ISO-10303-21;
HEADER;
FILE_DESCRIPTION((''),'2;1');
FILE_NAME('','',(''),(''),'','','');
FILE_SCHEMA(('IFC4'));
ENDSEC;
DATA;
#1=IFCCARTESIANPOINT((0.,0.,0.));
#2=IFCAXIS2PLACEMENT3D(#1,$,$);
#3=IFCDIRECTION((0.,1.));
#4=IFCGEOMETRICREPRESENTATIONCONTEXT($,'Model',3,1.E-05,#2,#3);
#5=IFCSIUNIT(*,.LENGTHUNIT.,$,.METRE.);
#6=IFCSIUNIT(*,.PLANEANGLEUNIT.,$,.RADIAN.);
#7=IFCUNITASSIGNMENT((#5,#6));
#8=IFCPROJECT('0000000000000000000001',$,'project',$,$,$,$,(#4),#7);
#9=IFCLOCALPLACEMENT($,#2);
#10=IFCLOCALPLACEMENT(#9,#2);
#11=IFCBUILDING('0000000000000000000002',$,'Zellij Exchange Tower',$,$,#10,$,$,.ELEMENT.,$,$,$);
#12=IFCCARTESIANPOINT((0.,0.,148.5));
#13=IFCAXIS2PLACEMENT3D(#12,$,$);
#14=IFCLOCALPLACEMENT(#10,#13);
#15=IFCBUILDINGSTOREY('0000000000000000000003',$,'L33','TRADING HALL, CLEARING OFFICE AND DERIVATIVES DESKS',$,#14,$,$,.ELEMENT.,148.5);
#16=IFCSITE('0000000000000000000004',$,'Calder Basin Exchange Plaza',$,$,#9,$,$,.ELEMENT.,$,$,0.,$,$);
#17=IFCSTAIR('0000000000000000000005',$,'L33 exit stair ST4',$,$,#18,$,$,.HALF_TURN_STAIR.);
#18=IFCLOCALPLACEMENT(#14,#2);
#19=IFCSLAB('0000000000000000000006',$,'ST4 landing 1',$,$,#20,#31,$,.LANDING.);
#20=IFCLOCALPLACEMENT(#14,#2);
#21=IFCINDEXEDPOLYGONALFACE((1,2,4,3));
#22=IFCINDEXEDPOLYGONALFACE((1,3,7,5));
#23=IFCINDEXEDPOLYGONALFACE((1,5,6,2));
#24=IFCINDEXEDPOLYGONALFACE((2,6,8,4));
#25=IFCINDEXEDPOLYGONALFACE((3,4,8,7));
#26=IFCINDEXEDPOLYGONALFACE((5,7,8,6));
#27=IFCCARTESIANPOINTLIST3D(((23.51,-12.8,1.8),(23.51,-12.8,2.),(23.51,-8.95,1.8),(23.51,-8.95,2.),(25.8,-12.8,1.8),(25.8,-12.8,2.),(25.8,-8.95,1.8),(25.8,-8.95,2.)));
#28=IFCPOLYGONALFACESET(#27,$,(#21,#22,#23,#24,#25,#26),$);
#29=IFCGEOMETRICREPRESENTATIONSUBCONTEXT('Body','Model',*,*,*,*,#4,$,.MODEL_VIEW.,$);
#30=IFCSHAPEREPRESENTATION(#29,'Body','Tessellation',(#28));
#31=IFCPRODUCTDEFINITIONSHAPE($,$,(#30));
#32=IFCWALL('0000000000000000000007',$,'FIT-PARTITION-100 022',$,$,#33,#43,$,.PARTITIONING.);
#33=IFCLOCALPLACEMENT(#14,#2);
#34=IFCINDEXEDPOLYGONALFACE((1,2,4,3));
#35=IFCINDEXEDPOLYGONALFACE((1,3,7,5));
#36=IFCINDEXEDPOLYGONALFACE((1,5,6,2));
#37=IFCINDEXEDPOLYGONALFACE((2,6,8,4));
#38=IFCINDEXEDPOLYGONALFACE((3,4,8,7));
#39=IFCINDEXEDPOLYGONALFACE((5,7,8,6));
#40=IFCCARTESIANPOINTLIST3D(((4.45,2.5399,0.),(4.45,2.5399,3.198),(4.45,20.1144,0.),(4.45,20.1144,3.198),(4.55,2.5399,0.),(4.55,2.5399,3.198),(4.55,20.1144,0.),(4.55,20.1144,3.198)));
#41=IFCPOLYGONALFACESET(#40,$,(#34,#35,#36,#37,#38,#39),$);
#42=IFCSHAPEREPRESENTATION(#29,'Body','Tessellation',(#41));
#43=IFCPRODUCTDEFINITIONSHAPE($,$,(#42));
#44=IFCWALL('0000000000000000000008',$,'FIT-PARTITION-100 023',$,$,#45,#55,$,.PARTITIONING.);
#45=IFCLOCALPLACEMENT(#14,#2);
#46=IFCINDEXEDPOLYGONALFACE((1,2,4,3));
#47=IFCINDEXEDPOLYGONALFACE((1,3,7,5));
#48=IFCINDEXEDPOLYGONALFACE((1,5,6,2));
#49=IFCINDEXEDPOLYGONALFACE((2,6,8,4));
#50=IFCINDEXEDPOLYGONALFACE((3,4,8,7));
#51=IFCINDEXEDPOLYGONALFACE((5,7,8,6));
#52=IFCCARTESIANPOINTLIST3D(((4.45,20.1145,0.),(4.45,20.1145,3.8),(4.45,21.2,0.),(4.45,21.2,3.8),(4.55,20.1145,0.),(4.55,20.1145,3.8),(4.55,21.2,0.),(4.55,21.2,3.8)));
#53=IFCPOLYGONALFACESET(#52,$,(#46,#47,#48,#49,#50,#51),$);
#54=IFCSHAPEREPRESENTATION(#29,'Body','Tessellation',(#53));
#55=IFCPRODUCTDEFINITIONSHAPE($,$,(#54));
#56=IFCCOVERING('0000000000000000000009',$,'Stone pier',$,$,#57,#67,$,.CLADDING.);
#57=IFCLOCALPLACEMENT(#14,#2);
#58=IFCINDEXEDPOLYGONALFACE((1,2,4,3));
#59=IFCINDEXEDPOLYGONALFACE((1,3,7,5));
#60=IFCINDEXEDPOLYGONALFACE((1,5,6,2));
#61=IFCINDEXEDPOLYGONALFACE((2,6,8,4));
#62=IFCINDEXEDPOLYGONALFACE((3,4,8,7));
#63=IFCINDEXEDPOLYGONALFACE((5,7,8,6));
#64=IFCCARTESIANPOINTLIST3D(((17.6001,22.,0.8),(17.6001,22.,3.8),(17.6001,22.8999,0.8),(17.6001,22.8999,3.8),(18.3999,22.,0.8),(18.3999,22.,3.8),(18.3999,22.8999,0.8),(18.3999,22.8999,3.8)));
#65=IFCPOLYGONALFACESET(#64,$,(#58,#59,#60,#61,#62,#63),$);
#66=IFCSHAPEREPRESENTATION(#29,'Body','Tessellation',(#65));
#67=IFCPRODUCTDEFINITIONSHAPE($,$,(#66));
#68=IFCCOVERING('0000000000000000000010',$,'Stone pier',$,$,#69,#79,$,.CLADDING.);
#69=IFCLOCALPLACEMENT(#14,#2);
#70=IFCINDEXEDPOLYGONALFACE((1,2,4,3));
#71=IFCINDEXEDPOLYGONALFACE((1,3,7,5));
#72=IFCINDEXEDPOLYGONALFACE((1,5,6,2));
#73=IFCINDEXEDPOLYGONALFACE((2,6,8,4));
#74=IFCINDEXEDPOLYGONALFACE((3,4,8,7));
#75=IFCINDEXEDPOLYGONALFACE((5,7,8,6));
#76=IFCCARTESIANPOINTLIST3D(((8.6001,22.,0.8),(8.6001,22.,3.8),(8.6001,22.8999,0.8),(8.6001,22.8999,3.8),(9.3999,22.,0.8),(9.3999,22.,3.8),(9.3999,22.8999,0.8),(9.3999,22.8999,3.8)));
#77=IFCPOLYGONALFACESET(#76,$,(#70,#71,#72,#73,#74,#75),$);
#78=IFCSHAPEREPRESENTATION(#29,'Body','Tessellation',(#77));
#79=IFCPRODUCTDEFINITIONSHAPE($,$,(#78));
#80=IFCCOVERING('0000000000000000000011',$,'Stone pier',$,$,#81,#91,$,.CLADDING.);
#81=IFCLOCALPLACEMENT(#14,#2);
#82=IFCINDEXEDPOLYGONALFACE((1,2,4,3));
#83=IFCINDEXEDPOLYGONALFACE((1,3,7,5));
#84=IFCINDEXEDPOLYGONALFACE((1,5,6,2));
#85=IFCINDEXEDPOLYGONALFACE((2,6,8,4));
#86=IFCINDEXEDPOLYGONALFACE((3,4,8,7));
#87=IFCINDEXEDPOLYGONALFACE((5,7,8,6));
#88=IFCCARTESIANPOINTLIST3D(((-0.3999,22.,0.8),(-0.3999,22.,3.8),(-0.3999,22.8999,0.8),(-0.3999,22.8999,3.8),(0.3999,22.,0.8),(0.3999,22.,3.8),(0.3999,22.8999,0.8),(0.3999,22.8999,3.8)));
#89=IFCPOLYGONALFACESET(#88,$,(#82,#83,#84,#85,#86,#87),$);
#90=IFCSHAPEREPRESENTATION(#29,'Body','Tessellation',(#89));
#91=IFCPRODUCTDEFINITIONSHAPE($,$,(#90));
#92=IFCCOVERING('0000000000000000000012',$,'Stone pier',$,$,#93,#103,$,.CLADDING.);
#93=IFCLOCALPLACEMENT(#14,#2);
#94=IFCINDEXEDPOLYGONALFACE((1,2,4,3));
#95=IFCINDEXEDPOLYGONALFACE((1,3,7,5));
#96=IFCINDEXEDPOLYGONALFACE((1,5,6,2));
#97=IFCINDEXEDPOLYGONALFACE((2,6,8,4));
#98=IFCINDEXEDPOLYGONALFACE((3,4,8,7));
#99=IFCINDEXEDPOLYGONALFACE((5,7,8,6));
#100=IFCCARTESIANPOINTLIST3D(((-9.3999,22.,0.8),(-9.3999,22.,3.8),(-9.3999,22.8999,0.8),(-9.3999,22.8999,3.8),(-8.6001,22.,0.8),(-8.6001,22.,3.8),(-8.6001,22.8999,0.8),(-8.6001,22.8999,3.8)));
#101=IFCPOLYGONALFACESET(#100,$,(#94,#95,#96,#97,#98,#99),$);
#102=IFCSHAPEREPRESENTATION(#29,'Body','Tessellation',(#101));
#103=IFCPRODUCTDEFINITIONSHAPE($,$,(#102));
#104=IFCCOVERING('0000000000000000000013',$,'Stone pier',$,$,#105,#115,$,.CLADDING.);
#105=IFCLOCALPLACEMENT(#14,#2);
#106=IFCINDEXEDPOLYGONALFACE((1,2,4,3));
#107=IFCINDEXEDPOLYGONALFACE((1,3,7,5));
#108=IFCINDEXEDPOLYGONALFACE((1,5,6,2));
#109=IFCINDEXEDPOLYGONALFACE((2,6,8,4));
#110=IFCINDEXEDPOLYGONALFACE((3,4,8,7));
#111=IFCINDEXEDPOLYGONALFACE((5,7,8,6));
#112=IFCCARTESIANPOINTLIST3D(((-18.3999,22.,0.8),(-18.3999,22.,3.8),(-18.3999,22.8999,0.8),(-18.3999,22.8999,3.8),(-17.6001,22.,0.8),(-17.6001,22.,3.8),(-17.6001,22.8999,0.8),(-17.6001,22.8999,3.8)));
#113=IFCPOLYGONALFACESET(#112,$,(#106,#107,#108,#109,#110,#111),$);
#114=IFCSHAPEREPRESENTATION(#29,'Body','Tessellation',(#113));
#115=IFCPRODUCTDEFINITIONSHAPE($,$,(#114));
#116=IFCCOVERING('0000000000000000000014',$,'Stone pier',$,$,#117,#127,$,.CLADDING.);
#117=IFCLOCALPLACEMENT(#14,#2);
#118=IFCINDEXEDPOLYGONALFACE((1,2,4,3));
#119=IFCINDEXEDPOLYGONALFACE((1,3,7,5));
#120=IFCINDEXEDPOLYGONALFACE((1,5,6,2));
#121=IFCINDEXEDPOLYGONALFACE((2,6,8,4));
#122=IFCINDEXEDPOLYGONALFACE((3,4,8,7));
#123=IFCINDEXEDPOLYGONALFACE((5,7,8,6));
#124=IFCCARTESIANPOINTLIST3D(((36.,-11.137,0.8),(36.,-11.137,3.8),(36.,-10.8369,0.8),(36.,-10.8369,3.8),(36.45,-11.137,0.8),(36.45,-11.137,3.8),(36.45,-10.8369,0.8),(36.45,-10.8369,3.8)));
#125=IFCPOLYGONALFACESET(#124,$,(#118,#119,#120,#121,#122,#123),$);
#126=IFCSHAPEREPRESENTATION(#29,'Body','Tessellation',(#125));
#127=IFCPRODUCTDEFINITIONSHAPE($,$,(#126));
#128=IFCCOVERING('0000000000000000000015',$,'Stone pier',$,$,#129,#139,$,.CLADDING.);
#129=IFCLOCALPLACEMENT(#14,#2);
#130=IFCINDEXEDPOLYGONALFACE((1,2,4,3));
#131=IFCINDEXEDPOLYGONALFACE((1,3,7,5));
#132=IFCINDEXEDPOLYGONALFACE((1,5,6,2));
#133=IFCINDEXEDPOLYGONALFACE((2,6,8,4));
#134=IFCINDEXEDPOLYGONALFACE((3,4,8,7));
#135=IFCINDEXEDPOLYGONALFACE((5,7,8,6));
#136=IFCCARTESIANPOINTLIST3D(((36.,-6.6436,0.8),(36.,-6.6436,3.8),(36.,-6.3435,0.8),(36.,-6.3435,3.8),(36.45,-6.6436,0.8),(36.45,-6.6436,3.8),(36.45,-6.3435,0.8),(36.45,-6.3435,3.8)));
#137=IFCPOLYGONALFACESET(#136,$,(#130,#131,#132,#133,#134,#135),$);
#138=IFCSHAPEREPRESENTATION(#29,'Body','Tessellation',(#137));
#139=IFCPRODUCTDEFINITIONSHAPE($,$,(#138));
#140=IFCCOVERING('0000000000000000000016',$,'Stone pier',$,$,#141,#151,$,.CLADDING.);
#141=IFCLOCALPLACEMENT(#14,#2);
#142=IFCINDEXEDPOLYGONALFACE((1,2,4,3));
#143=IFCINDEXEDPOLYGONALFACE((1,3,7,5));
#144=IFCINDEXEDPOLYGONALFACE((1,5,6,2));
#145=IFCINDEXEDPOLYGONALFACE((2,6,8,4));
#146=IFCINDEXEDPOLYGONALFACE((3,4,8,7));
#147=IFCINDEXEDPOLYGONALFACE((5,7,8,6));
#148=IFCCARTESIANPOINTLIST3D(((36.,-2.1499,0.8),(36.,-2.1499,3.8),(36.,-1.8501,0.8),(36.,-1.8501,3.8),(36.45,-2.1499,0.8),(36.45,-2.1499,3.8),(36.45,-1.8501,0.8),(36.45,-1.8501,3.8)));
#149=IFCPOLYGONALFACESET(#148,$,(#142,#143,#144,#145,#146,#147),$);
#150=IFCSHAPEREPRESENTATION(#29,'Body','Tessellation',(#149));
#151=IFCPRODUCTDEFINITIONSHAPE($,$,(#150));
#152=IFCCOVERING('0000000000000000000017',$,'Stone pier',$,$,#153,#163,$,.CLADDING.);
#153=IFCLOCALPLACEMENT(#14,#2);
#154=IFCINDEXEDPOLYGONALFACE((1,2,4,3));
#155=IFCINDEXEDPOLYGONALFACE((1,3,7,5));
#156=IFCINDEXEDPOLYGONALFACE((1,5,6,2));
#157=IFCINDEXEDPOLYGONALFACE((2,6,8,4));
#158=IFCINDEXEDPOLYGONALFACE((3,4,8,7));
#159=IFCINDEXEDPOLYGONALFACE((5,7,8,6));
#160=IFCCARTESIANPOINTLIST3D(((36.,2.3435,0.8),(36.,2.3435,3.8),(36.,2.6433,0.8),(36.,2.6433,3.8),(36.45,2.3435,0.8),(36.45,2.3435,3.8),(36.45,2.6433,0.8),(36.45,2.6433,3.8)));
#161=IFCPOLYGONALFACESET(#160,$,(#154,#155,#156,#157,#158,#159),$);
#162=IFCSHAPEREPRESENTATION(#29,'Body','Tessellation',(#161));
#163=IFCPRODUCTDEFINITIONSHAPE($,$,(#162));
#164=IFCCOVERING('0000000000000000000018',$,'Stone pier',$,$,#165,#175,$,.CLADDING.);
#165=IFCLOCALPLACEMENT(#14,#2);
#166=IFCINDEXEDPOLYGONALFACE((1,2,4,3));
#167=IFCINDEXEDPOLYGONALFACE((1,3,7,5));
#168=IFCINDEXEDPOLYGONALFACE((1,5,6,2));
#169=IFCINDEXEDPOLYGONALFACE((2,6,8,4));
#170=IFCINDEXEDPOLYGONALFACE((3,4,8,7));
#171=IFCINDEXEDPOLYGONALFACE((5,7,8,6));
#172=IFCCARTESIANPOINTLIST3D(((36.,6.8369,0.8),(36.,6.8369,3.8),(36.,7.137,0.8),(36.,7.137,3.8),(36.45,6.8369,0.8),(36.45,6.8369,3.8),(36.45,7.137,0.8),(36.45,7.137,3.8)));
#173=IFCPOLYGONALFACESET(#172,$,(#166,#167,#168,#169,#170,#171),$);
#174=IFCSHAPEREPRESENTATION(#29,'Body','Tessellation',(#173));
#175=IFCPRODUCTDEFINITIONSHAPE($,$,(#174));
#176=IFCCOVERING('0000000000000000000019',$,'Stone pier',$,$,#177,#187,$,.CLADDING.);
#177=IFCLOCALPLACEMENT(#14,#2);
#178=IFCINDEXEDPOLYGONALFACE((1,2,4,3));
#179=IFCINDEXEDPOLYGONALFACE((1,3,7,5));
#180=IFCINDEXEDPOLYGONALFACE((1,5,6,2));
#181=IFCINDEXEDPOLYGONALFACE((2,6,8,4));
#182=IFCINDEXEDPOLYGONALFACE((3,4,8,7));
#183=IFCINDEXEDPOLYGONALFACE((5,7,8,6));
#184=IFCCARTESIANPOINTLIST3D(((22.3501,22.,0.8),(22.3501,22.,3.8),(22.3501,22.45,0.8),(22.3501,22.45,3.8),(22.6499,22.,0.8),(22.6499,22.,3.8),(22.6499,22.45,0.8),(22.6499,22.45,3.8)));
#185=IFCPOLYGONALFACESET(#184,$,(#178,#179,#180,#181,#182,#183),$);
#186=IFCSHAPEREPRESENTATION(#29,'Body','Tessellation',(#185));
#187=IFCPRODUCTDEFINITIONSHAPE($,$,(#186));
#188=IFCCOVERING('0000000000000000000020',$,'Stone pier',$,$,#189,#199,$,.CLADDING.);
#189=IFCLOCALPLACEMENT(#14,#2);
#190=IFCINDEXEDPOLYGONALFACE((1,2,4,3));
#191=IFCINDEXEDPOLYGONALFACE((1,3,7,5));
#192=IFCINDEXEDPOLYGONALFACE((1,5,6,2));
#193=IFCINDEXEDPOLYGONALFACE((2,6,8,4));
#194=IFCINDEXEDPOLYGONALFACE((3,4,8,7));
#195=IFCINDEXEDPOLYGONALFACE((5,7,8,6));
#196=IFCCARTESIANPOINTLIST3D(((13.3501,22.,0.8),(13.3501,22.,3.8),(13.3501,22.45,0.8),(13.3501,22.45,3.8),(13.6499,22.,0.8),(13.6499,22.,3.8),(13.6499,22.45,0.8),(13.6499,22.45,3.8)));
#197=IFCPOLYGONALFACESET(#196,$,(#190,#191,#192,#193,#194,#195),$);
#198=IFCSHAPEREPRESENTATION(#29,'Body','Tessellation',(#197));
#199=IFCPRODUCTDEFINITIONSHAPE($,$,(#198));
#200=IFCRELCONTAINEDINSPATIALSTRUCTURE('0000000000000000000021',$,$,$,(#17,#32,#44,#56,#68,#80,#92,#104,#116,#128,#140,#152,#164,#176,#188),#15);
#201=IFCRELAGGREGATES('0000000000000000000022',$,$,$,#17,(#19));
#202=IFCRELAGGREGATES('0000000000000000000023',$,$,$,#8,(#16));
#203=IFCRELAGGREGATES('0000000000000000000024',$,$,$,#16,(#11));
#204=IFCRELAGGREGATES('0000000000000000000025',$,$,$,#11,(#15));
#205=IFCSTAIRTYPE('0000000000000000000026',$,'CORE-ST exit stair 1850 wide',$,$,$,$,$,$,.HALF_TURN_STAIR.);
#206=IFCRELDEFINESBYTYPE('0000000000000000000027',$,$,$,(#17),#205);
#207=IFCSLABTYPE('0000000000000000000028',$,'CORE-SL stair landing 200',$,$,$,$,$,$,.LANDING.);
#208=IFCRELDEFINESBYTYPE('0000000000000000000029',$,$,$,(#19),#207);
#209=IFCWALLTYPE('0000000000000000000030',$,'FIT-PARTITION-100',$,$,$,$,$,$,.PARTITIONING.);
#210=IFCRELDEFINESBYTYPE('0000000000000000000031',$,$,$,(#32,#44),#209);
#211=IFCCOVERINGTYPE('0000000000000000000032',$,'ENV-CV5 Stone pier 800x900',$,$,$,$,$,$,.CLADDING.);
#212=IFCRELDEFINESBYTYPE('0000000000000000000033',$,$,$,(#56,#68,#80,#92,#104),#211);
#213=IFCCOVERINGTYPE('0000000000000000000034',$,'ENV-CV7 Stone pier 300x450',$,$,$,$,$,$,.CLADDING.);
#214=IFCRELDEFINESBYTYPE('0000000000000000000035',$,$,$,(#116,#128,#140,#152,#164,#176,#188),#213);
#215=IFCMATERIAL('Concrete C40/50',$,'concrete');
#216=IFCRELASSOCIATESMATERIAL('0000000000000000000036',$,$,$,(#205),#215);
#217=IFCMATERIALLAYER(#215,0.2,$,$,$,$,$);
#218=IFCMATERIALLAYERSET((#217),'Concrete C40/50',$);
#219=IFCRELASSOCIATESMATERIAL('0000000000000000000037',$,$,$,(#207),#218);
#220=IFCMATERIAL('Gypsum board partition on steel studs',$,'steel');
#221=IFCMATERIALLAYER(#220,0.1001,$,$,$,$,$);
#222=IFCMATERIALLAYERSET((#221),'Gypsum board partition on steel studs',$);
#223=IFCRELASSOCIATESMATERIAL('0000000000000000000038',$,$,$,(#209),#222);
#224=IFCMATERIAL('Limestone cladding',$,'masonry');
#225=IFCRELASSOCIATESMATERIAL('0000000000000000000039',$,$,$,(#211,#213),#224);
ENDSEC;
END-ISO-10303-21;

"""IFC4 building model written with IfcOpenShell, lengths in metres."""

from ifc_helpers import new_model, si_unit, direction, frame, frame_2d, origin, place, context, subcontext, project, spatial, polyline, rectangle, outline, extrude, material, layer, layer_set, type_object, element, aggregate, save


model = new_model("IFC4")

# Units and contexts
model_context = context("Model", 3, precision=1e-05, world=origin(), true_north=direction((0.0, 1.0)))
body_context = subcontext(model_context, "Body", "Model", "MODEL_VIEW")
ifc_project = project(units=[si_unit("LENGTHUNIT", "METRE"), si_unit("PLANEANGLEUNIT", "RADIAN")], contexts=[model_context])

# Site, building, storey
site_placement = place(None, origin())
site = spatial("IfcSite", under=ifc_project, at=site_placement, Name="Calder Basin Exchange Plaza", CompositionType="ELEMENT", RefElevation=0.0)
building_placement = place(site_placement, origin())
building = spatial("IfcBuilding", under=site, at=building_placement, Name="Zellij Exchange Tower", CompositionType="ELEMENT")
storey_placement = place(building_placement, frame((0.0, 0.0, 148.5)))
storey = spatial("IfcBuildingStorey", under=building, at=storey_placement, Name="L33", Description="TRADING HALL, CLEARING OFFICE AND DERIVATIVES DESKS", CompositionType="ELEMENT", Elevation=148.5)

# Stair, slab
ifc_material_1 = material(Name="Concrete C40/50", Category="concrete")
stair_type = type_object("IfcStairType", Name="CORE-ST exit stair 1850 wide", PredefinedType="HALF_TURN_STAIR", material=ifc_material_1)
ifc_layer_1 = layer(ifc_material_1, 0.2)
ifc_layer_set_1 = layer_set([ifc_layer_1], Name="Concrete C40/50")
slab_type = type_object("IfcSlabType", Name="CORE-SL stair landing 200", PredefinedType="LANDING", material=ifc_layer_set_1)
stair_1_placement = place(storey_placement, origin())
stair_1 = element("IfcStair", 1, at=stair_1_placement, inside=storey, type_object=stair_type, Name="L33 exit stair ST4", PredefinedType="HALF_TURN_STAIR")
slab_1_placement = place(storey_placement, frame((0.0, 0.0, 1.8)))
slab_1 = element("IfcSlab", 2, at=slab_1_placement, type_object=slab_type, Name="ST4 landing 1", PredefinedType="LANDING", context=body_context, shape_type="SweptSolid", body=[
    extrude(outline(polyline([(23.51, -12.8), (25.8, -12.8), (25.8, -8.95), (23.51, -8.95), (23.51, -12.8)])), origin(), (0.0, 0.0, 1.0), 0.2),
])
aggregate(stair_1, [slab_1])

# Walls
ifc_material_2 = material(Name="Gypsum board partition on steel studs", Category="steel")
ifc_layer_2 = layer(ifc_material_2, 0.1001)
ifc_layer_set_2 = layer_set([ifc_layer_2], Name="Gypsum board partition on steel studs")
wall_type = type_object("IfcWallType", Name="FIT-PARTITION-100", PredefinedType="PARTITIONING", material=ifc_layer_set_2)
wall_1_placement = place(storey_placement, frame((4.5, 2.54, 0.0), z_axis=(0.0, 0.0, 1.0), x_axis=(0.0, 1.0, 0.0)))
element("IfcWall", 3, at=wall_1_placement, inside=storey, type_object=wall_type, Name="FIT-PARTITION-100 022", PredefinedType="PARTITIONING", context=body_context, shape_type="SweptSolid", body=[
    extrude(rectangle(XDim=17.5745, YDim=0.1001, at=frame_2d((8.7871, 0.0))), origin(), (0.0, 0.0, 1.0), 3.198),
])
wall_2_placement = place(storey_placement, frame((4.5, 20.1145, 0.0), z_axis=(0.0, 0.0, 1.0), x_axis=(0.0, 1.0, 0.0)))
element("IfcWall", 4, at=wall_2_placement, inside=storey, type_object=wall_type, Name="FIT-PARTITION-100 023", PredefinedType="PARTITIONING", context=body_context, shape_type="SweptSolid", body=[
    extrude(rectangle(XDim=1.0854, YDim=0.1001, at=frame_2d((0.5427, 0.0))), origin(), (0.0, 0.0, 1.0), 3.8),
])

# Coverings
ifc_material_3 = material(Name="Limestone cladding", Category="masonry")
covering_type_1 = type_object("IfcCoveringType", Name="ENV-CV5 Stone pier 800x900", PredefinedType="CLADDING", material=ifc_material_3)
covering_1_placement = place(storey_placement, frame((0.0, 0.0, 0.8)))
element("IfcCovering", 5, at=covering_1_placement, inside=storey, type_object=covering_type_1, Name="Stone pier", PredefinedType="CLADDING", context=body_context, shape_type="SweptSolid", body=[
    extrude(outline(polyline([(18.3999, 22.0), (17.6001, 22.0), (17.6001, 22.8999), (18.3999, 22.8999), (18.3999, 22.0)])), origin(), (0.0, 0.0, 1.0), 3.0),
])
covering_2_placement = place(storey_placement, frame((0.0, 0.0, 0.8)))
element("IfcCovering", 6, at=covering_2_placement, inside=storey, type_object=covering_type_1, Name="Stone pier", PredefinedType="CLADDING", context=body_context, shape_type="SweptSolid", body=[
    extrude(outline(polyline([(9.3999, 22.0), (8.6001, 22.0), (8.6001, 22.8999), (9.3999, 22.8999), (9.3999, 22.0)])), origin(), (0.0, 0.0, 1.0), 3.0),
])
covering_3_placement = place(storey_placement, frame((0.0, 0.0, 0.8)))
element("IfcCovering", 7, at=covering_3_placement, inside=storey, type_object=covering_type_1, Name="Stone pier", PredefinedType="CLADDING", context=body_context, shape_type="SweptSolid", body=[
    extrude(outline(polyline([(0.3999, 22.0), (-0.3999, 22.0), (-0.3999, 22.8999), (0.3999, 22.8999), (0.3999, 22.0)])), origin(), (0.0, 0.0, 1.0), 3.0),
])
covering_4_placement = place(storey_placement, frame((0.0, 0.0, 0.8)))
element("IfcCovering", 8, at=covering_4_placement, inside=storey, type_object=covering_type_1, Name="Stone pier", PredefinedType="CLADDING", context=body_context, shape_type="SweptSolid", body=[
    extrude(outline(polyline([(-8.6001, 22.0), (-9.3999, 22.0), (-9.3999, 22.8999), (-8.6001, 22.8999), (-8.6001, 22.0)])), origin(), (0.0, 0.0, 1.0), 3.0),
])
covering_5_placement = place(storey_placement, frame((0.0, 0.0, 0.8)))
element("IfcCovering", 9, at=covering_5_placement, inside=storey, type_object=covering_type_1, Name="Stone pier", PredefinedType="CLADDING", context=body_context, shape_type="SweptSolid", body=[
    extrude(outline(polyline([(-17.6001, 22.0), (-18.3999, 22.0), (-18.3999, 22.8999), (-17.6001, 22.8999), (-17.6001, 22.0)])), origin(), (0.0, 0.0, 1.0), 3.0),
])
covering_type_2 = type_object("IfcCoveringType", Name="ENV-CV7 Stone pier 300x450", PredefinedType="CLADDING", material=ifc_material_3)
covering_6_placement = place(storey_placement, frame((0.0, 0.0, 0.8)))
element("IfcCovering", 10, at=covering_6_placement, inside=storey, type_object=covering_type_2, Name="Stone pier", PredefinedType="CLADDING", context=body_context, shape_type="SweptSolid", body=[
    extrude(outline(polyline([(36.0, -11.137), (36.0, -10.8369), (36.45, -10.8369), (36.45, -11.137), (36.0, -11.137)])), origin(), (0.0, 0.0, 1.0), 3.0),
])
covering_7_placement = place(storey_placement, frame((0.0, 0.0, 0.8)))
element("IfcCovering", 11, at=covering_7_placement, inside=storey, type_object=covering_type_2, Name="Stone pier", PredefinedType="CLADDING", context=body_context, shape_type="SweptSolid", body=[
    extrude(outline(polyline([(36.0, -6.6436), (36.0, -6.3435), (36.45, -6.3435), (36.45, -6.6436), (36.0, -6.6436)])), origin(), (0.0, 0.0, 1.0), 3.0),
])
covering_8_placement = place(storey_placement, frame((0.0, 0.0, 0.8)))
element("IfcCovering", 12, at=covering_8_placement, inside=storey, type_object=covering_type_2, Name="Stone pier", PredefinedType="CLADDING", context=body_context, shape_type="SweptSolid", body=[
    extrude(outline(polyline([(36.0, -2.1499), (36.0, -1.8501), (36.45, -1.8501), (36.45, -2.1499), (36.0, -2.1499)])), origin(), (0.0, 0.0, 1.0), 3.0),
])
covering_9_placement = place(storey_placement, frame((0.0, 0.0, 0.8)))
element("IfcCovering", 13, at=covering_9_placement, inside=storey, type_object=covering_type_2, Name="Stone pier", PredefinedType="CLADDING", context=body_context, shape_type="SweptSolid", body=[
    extrude(outline(polyline([(36.0, 2.3435), (36.0, 2.6433), (36.45, 2.6433), (36.45, 2.3435), (36.0, 2.3435)])), origin(), (0.0, 0.0, 1.0), 3.0),
])
covering_10_placement = place(storey_placement, frame((0.0, 0.0, 0.8)))
element("IfcCovering", 14, at=covering_10_placement, inside=storey, type_object=covering_type_2, Name="Stone pier", PredefinedType="CLADDING", context=body_context, shape_type="SweptSolid", body=[
    extrude(outline(polyline([(36.0, 6.8369), (36.0, 7.137), (36.45, 7.137), (36.45, 6.8369), (36.0, 6.8369)])), origin(), (0.0, 0.0, 1.0), 3.0),
])
covering_11_placement = place(storey_placement, frame((0.0, 0.0, 0.8)))
element("IfcCovering", 15, at=covering_11_placement, inside=storey, type_object=covering_type_2, Name="Stone pier", PredefinedType="CLADDING", context=body_context, shape_type="SweptSolid", body=[
    extrude(outline(polyline([(22.6499, 22.0), (22.3501, 22.0), (22.3501, 22.45), (22.6499, 22.45), (22.6499, 22.0)])), origin(), (0.0, 0.0, 1.0), 3.0),
])
covering_12_placement = place(storey_placement, frame((0.0, 0.0, 0.8)))
element("IfcCovering", 16, at=covering_12_placement, inside=storey, type_object=covering_type_2, Name="Stone pier", PredefinedType="CLADDING", context=body_context, shape_type="SweptSolid", body=[
    extrude(outline(polyline([(13.6499, 22.0), (13.3501, 22.0), (13.3501, 22.45), (13.6499, 22.45), (13.6499, 22.0)])), origin(), (0.0, 0.0, 1.0), 3.0),
])

save(model, "model.ifc")
